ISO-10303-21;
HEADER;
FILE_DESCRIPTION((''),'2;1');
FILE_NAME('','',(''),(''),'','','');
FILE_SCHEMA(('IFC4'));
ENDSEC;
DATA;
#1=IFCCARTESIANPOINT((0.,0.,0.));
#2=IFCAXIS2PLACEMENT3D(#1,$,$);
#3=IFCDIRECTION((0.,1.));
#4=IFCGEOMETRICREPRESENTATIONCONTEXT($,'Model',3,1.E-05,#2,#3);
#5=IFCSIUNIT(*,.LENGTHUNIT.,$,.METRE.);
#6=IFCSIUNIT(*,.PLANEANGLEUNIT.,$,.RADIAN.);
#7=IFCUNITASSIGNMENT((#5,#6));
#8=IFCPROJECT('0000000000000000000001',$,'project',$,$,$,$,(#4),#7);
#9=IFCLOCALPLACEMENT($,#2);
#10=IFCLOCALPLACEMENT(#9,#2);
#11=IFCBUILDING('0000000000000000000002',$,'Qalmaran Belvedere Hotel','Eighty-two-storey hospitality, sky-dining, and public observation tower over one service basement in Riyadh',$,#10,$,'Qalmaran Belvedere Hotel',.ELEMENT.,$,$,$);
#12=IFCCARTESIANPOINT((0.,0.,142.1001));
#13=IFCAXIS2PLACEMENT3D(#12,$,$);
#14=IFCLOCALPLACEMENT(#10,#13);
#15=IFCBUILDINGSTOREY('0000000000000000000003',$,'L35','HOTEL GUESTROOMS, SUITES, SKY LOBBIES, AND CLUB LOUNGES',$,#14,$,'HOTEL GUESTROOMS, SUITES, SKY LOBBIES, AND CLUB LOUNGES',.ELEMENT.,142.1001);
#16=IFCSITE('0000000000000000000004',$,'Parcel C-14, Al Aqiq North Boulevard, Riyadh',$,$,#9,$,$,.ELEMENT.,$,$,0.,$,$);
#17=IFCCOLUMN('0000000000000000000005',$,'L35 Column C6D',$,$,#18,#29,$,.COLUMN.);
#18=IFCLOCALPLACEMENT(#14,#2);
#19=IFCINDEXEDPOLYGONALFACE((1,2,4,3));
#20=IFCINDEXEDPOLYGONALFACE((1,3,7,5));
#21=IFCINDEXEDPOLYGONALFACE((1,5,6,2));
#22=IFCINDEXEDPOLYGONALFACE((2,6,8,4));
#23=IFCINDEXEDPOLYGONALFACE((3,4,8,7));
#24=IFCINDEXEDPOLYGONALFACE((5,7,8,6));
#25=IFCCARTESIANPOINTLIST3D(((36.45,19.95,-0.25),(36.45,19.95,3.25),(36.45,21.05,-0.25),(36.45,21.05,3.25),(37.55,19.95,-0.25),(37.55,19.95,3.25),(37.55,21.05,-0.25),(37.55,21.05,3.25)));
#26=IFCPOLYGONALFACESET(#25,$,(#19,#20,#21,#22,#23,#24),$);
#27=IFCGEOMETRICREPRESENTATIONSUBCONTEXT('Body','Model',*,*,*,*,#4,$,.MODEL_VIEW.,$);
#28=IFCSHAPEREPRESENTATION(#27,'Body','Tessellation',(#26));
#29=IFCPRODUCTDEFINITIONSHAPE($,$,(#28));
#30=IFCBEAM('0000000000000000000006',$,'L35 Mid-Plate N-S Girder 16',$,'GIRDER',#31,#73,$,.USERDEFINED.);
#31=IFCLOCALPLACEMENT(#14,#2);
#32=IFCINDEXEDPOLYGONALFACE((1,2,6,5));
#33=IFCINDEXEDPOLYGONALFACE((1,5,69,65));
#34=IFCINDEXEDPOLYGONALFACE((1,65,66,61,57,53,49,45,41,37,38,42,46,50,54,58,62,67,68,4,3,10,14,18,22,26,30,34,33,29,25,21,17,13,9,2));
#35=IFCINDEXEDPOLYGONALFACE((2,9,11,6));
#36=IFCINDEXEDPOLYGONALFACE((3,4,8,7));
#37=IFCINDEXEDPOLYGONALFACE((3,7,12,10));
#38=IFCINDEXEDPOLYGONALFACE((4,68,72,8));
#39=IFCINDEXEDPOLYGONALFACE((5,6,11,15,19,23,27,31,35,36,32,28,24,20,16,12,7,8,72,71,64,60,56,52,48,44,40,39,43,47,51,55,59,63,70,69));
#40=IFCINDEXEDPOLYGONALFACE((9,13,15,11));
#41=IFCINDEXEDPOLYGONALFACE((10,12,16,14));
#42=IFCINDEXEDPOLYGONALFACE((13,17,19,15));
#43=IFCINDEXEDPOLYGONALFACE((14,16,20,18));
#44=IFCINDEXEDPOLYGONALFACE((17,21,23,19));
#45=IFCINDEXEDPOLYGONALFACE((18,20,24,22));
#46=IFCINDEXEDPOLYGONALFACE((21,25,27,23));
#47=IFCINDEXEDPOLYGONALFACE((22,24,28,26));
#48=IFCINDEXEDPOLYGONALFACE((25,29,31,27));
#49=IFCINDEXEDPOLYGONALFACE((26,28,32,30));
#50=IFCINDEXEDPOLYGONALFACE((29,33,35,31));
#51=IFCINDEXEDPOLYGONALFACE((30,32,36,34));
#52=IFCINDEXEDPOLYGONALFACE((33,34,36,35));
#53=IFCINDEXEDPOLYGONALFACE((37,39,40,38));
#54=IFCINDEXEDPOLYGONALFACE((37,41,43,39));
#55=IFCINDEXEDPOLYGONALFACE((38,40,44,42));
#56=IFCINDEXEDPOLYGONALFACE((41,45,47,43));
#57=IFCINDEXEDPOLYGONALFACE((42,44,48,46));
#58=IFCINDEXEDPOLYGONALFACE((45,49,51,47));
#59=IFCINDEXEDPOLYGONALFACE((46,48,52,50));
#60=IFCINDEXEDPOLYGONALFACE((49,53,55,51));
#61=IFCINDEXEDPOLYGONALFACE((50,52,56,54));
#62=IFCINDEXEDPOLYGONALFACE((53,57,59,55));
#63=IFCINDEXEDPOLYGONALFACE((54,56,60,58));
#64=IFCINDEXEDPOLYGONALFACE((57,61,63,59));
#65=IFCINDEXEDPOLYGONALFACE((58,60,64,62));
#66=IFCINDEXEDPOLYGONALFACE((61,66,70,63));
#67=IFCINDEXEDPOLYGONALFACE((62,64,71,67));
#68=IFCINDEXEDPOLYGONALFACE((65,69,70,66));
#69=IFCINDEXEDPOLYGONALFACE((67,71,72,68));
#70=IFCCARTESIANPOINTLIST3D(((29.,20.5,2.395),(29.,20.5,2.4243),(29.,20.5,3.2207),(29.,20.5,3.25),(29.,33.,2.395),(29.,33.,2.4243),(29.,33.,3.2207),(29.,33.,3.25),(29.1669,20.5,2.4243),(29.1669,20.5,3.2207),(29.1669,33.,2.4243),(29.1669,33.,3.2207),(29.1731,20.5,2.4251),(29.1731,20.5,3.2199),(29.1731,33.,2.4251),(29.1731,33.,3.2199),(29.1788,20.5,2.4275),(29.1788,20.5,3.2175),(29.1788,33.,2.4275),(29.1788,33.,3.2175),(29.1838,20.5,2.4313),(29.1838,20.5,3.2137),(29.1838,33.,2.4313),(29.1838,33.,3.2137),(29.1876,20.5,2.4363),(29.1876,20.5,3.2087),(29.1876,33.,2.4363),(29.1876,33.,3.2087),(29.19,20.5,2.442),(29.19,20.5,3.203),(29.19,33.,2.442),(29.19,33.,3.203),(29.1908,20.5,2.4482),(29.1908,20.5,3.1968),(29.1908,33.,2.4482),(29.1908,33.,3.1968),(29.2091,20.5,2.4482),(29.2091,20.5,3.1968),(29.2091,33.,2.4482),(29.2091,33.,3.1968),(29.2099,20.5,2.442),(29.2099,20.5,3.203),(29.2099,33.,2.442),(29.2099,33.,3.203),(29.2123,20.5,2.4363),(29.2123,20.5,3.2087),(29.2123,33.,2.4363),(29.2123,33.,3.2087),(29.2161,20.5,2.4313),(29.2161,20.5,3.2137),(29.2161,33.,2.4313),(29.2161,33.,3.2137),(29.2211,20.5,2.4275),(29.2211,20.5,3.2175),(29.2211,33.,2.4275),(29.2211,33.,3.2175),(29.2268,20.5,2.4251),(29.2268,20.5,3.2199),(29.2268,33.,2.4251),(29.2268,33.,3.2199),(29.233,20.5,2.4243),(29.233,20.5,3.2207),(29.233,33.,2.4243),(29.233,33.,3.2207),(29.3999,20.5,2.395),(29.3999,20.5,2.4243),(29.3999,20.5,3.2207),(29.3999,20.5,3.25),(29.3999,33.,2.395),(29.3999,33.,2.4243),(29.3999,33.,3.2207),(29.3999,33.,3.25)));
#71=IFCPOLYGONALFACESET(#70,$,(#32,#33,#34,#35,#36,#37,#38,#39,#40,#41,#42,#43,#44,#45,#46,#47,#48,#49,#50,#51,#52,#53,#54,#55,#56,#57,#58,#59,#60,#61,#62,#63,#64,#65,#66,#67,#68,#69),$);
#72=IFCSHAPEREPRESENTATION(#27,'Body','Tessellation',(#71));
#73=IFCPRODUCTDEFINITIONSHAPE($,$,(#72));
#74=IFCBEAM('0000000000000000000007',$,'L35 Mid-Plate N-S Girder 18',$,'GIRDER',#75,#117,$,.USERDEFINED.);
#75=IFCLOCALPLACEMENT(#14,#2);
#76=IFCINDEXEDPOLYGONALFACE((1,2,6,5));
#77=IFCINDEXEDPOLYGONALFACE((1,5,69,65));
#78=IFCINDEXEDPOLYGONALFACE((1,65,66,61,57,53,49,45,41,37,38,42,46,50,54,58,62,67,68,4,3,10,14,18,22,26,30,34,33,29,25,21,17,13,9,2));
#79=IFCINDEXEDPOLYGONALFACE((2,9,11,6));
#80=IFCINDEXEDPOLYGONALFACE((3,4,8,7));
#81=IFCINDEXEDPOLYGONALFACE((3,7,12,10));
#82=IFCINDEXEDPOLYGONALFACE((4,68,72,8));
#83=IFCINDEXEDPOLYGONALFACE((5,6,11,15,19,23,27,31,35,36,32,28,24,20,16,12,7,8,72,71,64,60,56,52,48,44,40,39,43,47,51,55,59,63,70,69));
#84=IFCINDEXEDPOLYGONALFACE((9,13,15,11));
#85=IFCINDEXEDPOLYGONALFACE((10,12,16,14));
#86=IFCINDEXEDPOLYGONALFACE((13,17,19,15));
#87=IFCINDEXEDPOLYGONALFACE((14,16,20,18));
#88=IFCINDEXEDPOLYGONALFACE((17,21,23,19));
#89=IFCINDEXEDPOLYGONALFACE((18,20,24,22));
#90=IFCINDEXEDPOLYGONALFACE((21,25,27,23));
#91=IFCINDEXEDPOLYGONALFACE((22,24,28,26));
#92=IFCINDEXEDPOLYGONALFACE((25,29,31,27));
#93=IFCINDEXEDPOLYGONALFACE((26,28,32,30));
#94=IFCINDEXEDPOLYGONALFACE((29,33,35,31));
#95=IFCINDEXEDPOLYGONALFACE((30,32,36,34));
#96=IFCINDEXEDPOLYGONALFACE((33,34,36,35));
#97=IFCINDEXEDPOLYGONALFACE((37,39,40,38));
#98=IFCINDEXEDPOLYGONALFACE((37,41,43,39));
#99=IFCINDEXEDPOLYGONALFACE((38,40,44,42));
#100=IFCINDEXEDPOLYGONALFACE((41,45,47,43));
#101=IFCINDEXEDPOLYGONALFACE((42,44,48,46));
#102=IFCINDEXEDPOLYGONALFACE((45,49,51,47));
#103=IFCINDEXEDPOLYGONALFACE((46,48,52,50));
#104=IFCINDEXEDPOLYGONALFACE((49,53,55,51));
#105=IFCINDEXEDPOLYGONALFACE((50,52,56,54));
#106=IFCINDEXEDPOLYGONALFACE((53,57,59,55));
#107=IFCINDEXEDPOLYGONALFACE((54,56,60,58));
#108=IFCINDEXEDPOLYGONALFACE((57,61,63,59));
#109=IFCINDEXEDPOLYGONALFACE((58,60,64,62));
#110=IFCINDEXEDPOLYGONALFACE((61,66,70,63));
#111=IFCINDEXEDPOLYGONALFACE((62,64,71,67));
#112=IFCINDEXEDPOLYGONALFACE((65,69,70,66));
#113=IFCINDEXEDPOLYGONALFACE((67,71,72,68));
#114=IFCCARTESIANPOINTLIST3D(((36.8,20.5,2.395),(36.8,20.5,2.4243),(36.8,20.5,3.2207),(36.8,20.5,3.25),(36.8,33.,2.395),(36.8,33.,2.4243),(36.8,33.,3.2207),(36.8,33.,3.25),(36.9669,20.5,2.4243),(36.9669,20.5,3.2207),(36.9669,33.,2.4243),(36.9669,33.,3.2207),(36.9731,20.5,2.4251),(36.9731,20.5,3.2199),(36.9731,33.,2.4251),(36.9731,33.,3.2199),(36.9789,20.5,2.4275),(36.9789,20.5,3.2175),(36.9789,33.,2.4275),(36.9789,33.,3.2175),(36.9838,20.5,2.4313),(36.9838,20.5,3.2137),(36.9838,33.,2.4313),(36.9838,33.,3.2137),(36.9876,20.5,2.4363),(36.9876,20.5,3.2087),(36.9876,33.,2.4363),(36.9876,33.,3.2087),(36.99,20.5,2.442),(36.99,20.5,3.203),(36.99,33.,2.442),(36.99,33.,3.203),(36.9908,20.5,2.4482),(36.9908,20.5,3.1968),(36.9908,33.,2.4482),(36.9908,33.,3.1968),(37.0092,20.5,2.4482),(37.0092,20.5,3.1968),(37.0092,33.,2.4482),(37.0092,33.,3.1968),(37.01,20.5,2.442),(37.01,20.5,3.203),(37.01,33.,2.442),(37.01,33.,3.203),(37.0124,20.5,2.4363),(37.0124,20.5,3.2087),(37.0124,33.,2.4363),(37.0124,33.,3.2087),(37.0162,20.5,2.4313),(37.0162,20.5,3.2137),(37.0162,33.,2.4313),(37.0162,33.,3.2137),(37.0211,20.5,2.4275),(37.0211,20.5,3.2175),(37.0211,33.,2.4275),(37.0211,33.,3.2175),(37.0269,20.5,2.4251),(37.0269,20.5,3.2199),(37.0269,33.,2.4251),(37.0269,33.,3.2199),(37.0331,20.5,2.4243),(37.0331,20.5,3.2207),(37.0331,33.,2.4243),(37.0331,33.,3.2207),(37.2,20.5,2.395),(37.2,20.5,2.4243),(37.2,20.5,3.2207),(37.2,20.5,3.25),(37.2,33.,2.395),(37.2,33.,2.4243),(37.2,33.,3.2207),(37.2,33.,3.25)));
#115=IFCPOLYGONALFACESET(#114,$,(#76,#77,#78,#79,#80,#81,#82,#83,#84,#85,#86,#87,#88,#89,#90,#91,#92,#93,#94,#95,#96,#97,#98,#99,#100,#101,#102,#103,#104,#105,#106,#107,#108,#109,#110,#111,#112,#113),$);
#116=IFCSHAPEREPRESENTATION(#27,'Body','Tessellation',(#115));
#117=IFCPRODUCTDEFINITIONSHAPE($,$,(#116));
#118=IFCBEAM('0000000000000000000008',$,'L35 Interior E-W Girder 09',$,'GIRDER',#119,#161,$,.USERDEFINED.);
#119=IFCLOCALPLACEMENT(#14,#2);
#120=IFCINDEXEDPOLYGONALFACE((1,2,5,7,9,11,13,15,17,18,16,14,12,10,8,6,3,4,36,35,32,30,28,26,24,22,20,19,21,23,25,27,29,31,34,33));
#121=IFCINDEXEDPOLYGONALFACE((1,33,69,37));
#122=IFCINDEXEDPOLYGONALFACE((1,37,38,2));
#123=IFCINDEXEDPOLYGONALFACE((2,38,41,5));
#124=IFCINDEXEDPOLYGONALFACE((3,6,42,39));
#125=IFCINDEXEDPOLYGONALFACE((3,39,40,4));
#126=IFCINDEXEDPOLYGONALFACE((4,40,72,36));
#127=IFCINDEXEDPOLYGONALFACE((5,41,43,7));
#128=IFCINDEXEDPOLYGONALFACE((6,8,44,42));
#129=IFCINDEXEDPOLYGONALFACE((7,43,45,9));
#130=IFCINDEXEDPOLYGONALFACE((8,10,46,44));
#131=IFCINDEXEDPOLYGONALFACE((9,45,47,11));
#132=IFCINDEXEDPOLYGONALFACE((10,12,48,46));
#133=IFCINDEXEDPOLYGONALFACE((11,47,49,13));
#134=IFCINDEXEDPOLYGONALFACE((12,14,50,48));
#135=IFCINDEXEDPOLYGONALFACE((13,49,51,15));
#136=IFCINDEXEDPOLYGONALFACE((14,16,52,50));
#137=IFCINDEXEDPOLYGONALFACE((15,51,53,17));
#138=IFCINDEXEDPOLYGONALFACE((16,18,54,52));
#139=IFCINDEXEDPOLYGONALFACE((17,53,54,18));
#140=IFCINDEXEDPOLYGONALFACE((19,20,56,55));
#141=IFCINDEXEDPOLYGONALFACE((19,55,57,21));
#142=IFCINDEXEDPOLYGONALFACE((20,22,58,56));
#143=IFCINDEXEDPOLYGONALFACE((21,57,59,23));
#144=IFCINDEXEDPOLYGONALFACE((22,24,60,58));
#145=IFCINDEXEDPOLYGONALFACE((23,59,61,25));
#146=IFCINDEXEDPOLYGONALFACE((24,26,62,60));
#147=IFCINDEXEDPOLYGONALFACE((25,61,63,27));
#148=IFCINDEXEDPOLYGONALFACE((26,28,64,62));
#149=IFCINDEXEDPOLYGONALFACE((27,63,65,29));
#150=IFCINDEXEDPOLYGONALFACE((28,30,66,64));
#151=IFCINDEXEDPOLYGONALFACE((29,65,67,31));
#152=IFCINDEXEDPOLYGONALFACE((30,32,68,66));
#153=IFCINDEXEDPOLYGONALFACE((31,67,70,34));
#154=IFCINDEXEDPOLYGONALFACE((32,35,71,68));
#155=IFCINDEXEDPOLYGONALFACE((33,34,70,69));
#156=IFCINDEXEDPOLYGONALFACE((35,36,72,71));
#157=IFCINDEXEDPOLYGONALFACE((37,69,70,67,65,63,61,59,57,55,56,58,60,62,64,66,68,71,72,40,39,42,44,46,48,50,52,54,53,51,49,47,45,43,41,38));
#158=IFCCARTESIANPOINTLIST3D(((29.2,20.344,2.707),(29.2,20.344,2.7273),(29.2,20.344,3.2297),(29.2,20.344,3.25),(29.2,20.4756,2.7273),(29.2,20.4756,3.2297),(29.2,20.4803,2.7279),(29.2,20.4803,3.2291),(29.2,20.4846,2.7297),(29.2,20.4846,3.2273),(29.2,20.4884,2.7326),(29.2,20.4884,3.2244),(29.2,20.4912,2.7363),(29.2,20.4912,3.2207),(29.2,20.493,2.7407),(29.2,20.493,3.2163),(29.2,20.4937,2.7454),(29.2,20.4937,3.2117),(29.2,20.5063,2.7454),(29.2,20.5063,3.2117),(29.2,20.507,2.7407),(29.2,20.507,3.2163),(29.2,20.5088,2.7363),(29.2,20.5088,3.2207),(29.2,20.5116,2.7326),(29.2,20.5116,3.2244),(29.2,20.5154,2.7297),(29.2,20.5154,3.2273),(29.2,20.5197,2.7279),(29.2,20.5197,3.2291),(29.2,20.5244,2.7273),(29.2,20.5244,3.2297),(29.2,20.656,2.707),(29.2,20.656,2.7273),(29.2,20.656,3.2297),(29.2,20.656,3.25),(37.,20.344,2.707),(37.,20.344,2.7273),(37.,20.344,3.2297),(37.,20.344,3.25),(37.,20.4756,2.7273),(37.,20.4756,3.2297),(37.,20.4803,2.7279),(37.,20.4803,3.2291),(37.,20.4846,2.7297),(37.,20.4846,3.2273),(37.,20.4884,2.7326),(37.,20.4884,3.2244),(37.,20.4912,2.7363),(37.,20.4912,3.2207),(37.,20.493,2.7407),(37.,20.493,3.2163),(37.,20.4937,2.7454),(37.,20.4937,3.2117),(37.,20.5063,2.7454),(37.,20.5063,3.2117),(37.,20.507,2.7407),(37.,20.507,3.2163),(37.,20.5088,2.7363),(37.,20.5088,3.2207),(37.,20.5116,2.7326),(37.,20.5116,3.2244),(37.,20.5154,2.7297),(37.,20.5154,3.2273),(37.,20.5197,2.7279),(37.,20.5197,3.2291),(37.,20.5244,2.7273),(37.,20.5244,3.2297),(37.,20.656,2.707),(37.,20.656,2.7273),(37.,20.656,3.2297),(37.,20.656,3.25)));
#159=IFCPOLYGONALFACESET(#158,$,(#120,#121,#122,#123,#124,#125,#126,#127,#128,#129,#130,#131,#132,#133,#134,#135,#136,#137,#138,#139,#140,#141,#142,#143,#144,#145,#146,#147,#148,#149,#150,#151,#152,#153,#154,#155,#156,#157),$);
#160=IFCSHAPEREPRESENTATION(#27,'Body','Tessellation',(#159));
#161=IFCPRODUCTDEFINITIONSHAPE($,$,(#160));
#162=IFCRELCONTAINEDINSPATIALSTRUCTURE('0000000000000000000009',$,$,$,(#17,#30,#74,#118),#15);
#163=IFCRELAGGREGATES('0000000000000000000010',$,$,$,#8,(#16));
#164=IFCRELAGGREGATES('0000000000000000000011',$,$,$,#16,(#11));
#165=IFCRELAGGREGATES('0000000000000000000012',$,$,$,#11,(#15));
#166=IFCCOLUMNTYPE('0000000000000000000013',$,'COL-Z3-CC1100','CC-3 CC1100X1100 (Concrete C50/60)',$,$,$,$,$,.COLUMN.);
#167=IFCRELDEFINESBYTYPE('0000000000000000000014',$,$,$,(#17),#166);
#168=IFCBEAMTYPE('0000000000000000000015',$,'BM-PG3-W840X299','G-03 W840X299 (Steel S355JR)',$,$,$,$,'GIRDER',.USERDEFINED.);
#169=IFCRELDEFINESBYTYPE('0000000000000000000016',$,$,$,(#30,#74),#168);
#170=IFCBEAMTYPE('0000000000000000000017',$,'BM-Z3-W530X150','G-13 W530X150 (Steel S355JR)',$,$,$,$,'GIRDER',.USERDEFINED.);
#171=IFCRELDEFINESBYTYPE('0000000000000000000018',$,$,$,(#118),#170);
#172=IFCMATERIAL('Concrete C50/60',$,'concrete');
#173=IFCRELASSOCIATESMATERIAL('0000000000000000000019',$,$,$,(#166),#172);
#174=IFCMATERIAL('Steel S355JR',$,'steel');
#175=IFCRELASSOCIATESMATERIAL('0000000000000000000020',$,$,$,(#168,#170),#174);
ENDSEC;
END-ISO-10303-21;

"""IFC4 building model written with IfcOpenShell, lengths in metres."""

from ifc_helpers import new_model, si_unit, direction, frame, origin, origin_2d, place, context, subcontext, project, spatial, rectangle, i_section, extrude, material, material_profile, profile_set, type_object, element, save


model = new_model("IFC4")

# Units and contexts
model_context = context("Model", 3, precision=1e-05, world=origin(), true_north=direction((0.0, 1.0)))
body_context = subcontext(model_context, "Body", "Model", "MODEL_VIEW")
ifc_project = project(units=[si_unit("LENGTHUNIT", "METRE"), si_unit("PLANEANGLEUNIT", "RADIAN")], contexts=[model_context])

# Site, building, storey
site_placement = place(None, origin())
site = spatial("IfcSite", under=ifc_project, at=site_placement, Name="Parcel C-14, Al Aqiq North Boulevard, Riyadh", CompositionType="ELEMENT", RefElevation=0.0)
building_placement = place(site_placement, origin())
building = spatial("IfcBuilding", under=site, at=building_placement, Name="Qalmaran Belvedere Hotel", Description="Eighty-two-storey hospitality, sky-dining, and public observation tower over one service basement in Riyadh", LongName="Qalmaran Belvedere Hotel", CompositionType="ELEMENT")
storey_placement = place(building_placement, frame((0.0, 0.0, 142.1001)))
storey = spatial("IfcBuildingStorey", under=building, at=storey_placement, Name="L35", Description="HOTEL GUESTROOMS, SUITES, SKY LOBBIES, AND CLUB LOUNGES", LongName="HOTEL GUESTROOMS, SUITES, SKY LOBBIES, AND CLUB LOUNGES", CompositionType="ELEMENT", Elevation=142.1001)

# Column
ifc_material_1 = material(Name="Concrete C50/60", Category="concrete")
ifc_material_profile_1 = material_profile(ifc_material_1, rectangle(XDim=1.1001, YDim=1.1001, at=origin_2d()), Name="CC1100X1100")
ifc_profile_set_1 = profile_set([ifc_material_profile_1], Name="Concrete C50/60")
column_type = type_object("IfcColumnType", Name="COL-Z3-CC1100", Description="CC-3 CC1100X1100 (Concrete C50/60)", PredefinedType="COLUMN", material=ifc_profile_set_1)
column_placement = place(storey_placement, frame((37.0, 20.5, -0.25), z_axis=(0.0, 0.0, 1.0), x_axis=(1.0, 0.0, 0.0)))
element("IfcColumn", 1, at=column_placement, inside=storey, type_object=column_type, Name="L35 Column C6D", PredefinedType="COLUMN", context=body_context, shape_type="SweptSolid", body=[
    extrude(rectangle(XDim=1.1001, YDim=1.1001, at=origin_2d()), origin(), (0.0, 0.0, 1.0), 3.5),
])

# Beams
ifc_material_2 = material(Name="Steel S355JR", Category="steel")
ifc_material_profile_2 = material_profile(ifc_material_2, i_section(OverallWidth=0.3999, OverallDepth=0.855, WebThickness=0.0183, FlangeThickness=0.0293, FilletRadius=0.0239, at=origin_2d()), Name="W840X299")
ifc_profile_set_2 = profile_set([ifc_material_profile_2], Name="Steel S355JR")
beam_type_1 = type_object("IfcBeamType", Name="BM-PG3-W840X299", Description="G-03 W840X299 (Steel S355JR)", ElementType="GIRDER", PredefinedType="USERDEFINED", material=ifc_profile_set_2)
for number, where, z_axis, x_axis, name in (
    (2, (29.2, 20.5, 2.8225), (0.0, 1.0, 0.0), (-1.0, 0.0, 0.0), "L35 Mid-Plate N-S Girder 16"),
    (3, (37.0, 20.5, 2.8225), (0.0, 1.0, 0.0), (-1.0, 0.0, 0.0), "L35 Mid-Plate N-S Girder 18"),
):
    element("IfcBeam", number, at=place(storey_placement, frame(where, z_axis=z_axis, x_axis=x_axis)), inside=storey, type_object=beam_type_1, Name=name, ObjectType="GIRDER", PredefinedType="USERDEFINED", context=body_context, shape_type="SweptSolid", body=[
        extrude(i_section(OverallWidth=0.3999, OverallDepth=0.855, WebThickness=0.0183, FlangeThickness=0.0293, FilletRadius=0.0239, at=origin_2d()), origin(), (0.0, 0.0, 1.0), 12.5),
    ])
ifc_material_profile_3 = material_profile(ifc_material_2, i_section(OverallWidth=0.312, OverallDepth=0.543, WebThickness=0.0127, FlangeThickness=0.0203, FilletRadius=0.0181, at=origin_2d()), Name="W530X150")
ifc_profile_set_3 = profile_set([ifc_material_profile_3], Name="Steel S355JR")
beam_type_2 = type_object("IfcBeamType", Name="BM-Z3-W530X150", Description="G-13 W530X150 (Steel S355JR)", ElementType="GIRDER", PredefinedType="USERDEFINED", material=ifc_profile_set_3)
for number, where, z_axis, x_axis, name in (
    (4, (29.2, 20.5, 2.9785), (1.0, 0.0, 0.0), (0.0, 1.0, 0.0), "L35 Interior E-W Girder 09"),
):
    element("IfcBeam", number, at=place(storey_placement, frame(where, z_axis=z_axis, x_axis=x_axis)), inside=storey, type_object=beam_type_2, Name=name, ObjectType="GIRDER", PredefinedType="USERDEFINED", context=body_context, shape_type="SweptSolid", body=[
        extrude(i_section(OverallWidth=0.312, OverallDepth=0.543, WebThickness=0.0127, FlangeThickness=0.0203, FilletRadius=0.0181, at=origin_2d()), origin(), (0.0, 0.0, 1.0), 7.8),
    ])

save(model, "model.ifc")
